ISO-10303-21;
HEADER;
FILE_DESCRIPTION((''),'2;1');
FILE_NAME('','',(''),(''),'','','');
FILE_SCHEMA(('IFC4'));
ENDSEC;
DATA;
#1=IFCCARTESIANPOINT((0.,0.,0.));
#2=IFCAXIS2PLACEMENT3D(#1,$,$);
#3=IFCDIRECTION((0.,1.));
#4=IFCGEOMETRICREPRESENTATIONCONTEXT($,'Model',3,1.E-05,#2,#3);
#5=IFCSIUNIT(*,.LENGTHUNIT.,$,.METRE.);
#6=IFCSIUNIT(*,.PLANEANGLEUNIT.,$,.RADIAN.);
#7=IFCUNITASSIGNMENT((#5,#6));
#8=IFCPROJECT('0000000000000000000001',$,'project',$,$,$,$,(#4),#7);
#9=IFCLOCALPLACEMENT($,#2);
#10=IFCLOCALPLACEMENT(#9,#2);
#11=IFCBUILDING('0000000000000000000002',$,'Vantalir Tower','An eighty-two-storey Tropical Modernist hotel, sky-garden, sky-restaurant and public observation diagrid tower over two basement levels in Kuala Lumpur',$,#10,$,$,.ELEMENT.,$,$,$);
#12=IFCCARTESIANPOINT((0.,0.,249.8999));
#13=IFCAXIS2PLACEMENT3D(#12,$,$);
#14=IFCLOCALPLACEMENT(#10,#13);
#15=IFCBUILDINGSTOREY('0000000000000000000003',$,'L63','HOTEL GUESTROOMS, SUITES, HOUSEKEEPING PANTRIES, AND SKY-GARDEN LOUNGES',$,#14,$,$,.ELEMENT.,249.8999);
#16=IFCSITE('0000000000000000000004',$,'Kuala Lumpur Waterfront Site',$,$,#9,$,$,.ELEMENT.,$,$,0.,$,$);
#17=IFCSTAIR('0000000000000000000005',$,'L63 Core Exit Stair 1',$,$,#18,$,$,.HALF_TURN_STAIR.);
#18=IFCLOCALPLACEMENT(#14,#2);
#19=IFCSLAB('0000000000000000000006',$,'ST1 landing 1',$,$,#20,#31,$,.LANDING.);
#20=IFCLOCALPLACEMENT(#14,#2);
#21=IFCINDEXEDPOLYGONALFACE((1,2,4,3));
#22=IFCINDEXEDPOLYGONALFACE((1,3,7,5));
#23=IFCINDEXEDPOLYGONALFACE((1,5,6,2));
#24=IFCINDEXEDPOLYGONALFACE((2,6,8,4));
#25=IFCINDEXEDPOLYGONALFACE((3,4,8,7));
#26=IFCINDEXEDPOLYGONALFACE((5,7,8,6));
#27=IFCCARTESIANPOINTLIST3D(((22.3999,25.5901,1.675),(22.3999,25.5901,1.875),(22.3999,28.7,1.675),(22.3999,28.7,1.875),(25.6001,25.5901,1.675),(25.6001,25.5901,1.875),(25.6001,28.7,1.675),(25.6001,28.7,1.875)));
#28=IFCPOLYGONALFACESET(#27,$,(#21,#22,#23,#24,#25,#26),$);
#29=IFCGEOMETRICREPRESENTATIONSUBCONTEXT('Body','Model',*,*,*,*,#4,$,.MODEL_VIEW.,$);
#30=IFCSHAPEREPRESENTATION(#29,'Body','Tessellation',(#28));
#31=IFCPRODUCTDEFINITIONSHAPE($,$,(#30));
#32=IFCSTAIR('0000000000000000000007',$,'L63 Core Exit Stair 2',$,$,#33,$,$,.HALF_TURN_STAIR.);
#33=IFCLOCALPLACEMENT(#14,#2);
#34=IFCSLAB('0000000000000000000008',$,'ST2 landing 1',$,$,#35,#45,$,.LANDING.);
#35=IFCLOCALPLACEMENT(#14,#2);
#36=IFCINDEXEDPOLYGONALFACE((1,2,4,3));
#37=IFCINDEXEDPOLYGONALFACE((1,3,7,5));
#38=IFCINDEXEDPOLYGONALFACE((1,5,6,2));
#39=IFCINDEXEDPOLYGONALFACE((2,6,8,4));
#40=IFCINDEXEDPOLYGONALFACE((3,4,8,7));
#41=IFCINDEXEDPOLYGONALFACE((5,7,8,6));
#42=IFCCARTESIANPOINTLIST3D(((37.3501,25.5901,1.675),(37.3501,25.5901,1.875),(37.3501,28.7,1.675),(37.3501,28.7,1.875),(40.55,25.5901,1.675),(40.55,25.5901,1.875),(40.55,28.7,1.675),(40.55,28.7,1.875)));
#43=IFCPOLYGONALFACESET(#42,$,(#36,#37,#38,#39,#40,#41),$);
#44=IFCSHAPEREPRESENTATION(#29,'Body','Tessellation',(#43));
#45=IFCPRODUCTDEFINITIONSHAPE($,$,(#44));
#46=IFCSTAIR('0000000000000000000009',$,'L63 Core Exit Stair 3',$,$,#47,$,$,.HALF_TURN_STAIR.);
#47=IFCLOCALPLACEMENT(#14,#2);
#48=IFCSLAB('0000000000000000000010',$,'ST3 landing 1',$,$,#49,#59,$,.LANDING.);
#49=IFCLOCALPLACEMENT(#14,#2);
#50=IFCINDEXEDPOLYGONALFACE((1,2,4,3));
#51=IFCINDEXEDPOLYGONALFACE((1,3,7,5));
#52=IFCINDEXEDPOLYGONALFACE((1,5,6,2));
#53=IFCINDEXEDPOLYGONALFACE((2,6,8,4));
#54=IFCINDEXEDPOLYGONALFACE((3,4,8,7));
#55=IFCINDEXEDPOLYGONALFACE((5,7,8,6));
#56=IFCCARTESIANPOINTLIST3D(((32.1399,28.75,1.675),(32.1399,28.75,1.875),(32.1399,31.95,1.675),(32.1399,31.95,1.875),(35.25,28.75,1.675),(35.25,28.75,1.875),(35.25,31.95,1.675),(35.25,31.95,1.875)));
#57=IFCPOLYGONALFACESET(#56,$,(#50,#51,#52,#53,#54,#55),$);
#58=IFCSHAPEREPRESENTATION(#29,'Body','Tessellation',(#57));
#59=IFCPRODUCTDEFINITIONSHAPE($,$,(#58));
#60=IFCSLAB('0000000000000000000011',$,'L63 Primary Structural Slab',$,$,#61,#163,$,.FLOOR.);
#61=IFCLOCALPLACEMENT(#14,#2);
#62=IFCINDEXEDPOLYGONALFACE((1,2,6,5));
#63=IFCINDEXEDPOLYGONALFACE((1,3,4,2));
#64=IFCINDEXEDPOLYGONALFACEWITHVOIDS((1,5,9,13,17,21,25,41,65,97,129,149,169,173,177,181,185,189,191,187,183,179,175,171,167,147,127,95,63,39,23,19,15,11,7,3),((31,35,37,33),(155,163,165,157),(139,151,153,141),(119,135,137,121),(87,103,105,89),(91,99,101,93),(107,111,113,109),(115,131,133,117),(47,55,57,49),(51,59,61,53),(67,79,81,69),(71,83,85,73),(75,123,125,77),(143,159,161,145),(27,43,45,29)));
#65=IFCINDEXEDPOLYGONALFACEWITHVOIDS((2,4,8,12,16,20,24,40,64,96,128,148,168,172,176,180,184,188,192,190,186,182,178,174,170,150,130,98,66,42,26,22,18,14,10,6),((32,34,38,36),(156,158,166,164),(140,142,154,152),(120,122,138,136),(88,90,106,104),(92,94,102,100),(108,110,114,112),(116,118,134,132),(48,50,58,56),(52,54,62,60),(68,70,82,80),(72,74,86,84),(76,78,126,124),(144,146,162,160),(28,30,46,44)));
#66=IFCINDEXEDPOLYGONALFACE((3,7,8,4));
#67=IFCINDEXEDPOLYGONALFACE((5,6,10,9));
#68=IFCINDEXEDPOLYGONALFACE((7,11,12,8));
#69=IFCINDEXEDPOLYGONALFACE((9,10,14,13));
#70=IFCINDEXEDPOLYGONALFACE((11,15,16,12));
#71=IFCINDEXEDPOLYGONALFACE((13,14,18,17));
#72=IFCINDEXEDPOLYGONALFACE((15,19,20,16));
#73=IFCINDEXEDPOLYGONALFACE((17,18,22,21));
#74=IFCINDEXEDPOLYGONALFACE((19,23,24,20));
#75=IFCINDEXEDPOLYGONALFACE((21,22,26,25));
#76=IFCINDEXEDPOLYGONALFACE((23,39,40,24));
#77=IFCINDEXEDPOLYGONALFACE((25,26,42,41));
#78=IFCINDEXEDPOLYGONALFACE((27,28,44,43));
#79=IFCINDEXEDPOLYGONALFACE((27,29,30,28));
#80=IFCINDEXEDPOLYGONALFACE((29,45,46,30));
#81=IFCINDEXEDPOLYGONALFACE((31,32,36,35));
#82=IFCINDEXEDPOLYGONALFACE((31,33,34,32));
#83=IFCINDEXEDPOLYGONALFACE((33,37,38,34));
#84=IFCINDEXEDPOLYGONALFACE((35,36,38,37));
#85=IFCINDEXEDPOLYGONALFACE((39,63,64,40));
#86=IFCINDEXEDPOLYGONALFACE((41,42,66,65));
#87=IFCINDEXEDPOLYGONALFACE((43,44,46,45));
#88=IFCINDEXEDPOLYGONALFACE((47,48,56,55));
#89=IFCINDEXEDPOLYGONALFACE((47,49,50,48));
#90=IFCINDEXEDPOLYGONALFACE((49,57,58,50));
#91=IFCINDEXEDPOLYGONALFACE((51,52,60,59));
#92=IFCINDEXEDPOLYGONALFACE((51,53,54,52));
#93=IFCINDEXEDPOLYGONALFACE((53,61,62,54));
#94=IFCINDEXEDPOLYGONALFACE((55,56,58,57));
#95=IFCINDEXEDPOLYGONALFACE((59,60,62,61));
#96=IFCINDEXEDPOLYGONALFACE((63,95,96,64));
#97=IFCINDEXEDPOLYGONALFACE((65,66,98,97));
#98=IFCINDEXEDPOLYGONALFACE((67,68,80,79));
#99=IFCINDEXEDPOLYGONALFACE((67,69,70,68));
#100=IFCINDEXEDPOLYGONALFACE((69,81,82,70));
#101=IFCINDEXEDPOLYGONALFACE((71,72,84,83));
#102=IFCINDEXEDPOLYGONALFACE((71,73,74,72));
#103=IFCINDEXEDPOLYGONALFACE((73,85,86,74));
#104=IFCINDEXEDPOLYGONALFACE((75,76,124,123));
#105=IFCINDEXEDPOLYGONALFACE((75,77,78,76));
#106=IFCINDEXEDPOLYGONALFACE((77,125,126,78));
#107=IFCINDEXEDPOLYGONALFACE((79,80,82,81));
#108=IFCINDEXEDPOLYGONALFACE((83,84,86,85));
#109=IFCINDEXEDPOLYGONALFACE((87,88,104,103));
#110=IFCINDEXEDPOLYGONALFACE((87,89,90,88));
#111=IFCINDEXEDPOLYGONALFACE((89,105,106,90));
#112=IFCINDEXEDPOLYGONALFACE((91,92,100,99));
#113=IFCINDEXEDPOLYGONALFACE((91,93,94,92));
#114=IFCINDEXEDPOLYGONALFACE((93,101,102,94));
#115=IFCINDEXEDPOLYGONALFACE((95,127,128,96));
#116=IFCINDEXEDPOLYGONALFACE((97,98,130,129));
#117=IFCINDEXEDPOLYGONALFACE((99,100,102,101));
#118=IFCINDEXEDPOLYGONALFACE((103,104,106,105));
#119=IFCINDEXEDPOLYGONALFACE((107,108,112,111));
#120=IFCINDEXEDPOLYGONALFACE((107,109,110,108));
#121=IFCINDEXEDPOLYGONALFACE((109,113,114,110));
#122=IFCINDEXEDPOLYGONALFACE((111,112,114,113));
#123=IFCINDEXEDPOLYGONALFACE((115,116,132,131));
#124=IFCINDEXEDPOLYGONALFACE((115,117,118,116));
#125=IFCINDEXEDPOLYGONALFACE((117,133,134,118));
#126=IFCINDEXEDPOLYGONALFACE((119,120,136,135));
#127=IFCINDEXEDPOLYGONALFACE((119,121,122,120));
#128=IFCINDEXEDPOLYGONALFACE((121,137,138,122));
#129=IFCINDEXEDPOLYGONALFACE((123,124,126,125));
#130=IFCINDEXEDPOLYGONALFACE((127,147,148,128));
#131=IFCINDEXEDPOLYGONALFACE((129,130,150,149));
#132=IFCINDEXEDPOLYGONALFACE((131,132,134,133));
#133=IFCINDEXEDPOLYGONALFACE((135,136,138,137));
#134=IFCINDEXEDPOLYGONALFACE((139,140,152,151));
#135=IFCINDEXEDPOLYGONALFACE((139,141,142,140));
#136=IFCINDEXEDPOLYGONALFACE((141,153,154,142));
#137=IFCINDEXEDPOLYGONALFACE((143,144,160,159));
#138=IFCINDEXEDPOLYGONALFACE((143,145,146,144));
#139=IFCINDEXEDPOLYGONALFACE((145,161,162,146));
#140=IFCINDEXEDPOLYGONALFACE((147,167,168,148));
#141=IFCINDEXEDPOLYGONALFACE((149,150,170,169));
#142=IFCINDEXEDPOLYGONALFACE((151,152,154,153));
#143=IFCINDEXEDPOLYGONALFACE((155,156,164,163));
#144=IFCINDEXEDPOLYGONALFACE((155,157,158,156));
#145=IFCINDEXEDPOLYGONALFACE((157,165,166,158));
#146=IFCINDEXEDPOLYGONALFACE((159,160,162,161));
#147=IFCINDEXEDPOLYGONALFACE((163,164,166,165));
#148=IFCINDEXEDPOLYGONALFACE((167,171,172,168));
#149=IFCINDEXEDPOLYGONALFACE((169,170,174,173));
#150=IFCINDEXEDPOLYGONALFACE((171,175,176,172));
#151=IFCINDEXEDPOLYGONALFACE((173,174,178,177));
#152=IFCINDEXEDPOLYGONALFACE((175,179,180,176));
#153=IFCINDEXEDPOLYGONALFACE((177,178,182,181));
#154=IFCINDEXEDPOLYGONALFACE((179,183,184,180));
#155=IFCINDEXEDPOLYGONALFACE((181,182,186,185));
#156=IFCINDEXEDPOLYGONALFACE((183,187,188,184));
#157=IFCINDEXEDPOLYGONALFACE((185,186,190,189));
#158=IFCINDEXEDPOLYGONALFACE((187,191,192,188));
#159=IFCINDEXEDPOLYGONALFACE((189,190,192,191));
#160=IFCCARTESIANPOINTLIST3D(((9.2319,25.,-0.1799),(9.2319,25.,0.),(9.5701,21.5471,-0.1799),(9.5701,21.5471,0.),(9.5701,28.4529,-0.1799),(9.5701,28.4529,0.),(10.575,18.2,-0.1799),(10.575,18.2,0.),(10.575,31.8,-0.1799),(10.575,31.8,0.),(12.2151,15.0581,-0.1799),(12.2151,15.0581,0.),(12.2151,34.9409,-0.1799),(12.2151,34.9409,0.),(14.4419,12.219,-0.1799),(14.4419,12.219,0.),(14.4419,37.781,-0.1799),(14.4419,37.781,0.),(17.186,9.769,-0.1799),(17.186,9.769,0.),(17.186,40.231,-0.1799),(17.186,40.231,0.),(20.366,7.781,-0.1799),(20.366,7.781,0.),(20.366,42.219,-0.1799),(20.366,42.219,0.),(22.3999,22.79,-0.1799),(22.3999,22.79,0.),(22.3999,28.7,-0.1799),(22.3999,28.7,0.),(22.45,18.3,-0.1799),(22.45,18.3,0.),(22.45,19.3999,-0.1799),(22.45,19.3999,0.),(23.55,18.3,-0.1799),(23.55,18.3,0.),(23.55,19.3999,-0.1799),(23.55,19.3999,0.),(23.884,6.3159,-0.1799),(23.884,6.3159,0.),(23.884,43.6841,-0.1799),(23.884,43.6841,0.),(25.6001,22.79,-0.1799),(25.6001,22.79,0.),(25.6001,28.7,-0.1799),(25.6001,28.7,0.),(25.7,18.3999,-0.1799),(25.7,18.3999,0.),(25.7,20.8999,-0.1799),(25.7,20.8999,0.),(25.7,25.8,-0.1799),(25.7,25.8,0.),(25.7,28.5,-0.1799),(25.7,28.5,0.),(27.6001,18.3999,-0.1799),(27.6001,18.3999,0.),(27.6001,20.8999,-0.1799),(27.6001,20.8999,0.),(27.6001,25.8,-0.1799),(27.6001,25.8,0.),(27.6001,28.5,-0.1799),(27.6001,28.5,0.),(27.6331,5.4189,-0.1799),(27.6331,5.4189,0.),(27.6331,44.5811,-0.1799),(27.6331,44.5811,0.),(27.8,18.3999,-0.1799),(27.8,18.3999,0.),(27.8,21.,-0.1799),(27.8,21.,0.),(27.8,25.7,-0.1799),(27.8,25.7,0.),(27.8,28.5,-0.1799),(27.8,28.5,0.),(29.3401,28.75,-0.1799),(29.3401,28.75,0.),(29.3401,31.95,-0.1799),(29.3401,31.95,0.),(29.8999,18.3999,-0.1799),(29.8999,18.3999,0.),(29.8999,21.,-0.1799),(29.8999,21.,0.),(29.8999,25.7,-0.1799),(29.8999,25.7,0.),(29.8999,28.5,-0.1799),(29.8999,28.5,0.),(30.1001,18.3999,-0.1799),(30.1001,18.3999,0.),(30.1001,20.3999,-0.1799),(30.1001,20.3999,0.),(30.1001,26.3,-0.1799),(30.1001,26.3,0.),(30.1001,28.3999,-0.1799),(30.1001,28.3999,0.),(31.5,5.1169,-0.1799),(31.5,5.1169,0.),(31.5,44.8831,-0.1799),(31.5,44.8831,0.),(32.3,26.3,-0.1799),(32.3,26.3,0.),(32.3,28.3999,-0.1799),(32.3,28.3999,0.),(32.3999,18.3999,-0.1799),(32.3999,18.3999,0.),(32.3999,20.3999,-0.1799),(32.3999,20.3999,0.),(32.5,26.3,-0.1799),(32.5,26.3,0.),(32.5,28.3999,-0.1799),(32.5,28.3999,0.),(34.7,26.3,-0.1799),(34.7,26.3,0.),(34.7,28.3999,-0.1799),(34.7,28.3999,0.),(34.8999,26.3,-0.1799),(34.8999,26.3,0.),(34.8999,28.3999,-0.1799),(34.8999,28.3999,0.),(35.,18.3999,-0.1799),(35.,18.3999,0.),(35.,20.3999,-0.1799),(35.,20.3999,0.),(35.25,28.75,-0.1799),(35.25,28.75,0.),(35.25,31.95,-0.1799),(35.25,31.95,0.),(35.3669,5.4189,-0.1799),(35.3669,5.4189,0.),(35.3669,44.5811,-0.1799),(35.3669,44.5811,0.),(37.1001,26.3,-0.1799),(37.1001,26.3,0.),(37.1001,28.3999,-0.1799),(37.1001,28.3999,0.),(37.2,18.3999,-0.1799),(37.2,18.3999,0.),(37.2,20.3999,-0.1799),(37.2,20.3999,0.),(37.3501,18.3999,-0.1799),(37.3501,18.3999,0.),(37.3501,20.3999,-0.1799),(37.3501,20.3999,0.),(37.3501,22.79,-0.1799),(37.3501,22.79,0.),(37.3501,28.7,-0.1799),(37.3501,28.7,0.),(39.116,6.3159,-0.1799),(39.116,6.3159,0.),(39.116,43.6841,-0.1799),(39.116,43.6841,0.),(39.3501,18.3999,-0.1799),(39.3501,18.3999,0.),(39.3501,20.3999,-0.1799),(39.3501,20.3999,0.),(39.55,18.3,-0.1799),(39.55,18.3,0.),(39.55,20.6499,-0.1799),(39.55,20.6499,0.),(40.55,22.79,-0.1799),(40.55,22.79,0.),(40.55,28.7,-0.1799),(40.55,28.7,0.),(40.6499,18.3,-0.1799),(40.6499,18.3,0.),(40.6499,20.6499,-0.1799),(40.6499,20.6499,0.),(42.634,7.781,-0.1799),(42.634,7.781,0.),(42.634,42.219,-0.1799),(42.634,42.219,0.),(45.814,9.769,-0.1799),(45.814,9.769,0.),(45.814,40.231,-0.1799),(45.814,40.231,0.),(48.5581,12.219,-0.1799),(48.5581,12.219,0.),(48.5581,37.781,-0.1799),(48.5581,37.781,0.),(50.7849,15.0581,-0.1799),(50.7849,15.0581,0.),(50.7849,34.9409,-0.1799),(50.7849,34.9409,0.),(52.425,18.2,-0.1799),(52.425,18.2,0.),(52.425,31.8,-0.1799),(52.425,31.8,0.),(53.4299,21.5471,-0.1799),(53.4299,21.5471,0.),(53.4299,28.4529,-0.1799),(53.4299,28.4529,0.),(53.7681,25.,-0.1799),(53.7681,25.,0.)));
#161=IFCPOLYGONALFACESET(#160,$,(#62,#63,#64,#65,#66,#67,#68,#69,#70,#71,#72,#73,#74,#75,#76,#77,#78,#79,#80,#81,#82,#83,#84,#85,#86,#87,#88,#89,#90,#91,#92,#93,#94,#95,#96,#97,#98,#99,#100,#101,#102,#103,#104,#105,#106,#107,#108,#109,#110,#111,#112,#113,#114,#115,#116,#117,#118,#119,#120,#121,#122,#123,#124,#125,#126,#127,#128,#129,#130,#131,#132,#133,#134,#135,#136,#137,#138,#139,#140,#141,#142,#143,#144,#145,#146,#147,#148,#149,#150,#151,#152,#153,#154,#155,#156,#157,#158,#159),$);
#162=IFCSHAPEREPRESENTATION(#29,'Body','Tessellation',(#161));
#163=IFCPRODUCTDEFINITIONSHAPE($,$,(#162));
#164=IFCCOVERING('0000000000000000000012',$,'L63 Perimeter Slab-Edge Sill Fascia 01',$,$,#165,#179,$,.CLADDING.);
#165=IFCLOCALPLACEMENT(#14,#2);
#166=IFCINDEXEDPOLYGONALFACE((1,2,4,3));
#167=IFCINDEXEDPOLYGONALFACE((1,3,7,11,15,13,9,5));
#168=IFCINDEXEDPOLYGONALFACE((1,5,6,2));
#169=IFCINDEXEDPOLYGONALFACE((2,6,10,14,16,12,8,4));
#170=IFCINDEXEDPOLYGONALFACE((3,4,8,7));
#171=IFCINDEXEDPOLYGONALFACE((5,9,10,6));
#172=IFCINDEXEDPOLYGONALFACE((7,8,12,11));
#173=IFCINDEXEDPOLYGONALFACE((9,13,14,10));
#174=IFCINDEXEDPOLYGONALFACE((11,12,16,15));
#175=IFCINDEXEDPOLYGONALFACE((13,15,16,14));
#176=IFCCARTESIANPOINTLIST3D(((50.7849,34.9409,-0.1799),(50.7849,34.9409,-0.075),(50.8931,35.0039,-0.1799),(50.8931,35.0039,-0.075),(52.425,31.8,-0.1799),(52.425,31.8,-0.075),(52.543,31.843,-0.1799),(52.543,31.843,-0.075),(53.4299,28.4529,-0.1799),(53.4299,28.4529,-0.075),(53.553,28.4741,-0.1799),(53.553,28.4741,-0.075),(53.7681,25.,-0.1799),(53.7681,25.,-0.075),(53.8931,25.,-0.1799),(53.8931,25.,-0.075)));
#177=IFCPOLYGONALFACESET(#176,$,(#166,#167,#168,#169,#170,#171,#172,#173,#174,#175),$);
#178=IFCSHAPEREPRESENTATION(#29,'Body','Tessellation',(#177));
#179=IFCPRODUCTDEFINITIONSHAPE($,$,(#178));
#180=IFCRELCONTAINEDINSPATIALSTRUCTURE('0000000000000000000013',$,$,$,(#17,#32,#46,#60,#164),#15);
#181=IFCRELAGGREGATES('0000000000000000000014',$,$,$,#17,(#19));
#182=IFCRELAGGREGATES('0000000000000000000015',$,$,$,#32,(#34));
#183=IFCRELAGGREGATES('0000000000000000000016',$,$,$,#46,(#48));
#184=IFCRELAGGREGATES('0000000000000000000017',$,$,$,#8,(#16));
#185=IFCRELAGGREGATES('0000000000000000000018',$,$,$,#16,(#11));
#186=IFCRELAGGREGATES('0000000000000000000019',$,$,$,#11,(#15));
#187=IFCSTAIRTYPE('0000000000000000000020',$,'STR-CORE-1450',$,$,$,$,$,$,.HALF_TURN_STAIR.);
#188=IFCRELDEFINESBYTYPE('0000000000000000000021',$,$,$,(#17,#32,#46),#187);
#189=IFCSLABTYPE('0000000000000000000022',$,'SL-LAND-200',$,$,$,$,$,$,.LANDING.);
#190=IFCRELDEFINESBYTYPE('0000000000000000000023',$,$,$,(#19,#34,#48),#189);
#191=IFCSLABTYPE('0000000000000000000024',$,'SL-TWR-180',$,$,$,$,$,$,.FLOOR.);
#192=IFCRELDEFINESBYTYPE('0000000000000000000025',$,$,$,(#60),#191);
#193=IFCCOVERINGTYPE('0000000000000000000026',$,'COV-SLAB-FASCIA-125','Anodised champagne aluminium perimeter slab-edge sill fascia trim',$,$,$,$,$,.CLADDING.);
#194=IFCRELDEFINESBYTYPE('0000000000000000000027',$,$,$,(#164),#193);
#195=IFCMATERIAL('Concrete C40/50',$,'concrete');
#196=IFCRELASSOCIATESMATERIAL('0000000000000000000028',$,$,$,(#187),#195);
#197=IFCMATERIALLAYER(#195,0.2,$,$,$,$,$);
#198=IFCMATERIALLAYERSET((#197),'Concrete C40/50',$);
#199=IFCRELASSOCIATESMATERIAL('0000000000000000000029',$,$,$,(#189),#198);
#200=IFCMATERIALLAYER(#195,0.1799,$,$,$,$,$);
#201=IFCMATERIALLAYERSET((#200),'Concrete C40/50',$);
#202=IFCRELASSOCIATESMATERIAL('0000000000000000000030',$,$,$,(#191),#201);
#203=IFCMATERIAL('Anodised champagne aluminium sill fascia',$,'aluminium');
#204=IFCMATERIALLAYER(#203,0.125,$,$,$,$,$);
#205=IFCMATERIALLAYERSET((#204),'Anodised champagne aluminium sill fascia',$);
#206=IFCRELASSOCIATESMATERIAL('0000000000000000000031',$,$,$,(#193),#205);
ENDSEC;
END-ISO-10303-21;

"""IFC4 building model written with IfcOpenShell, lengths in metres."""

from ifc_helpers import new_model, si_unit, direction, frame, origin, place, context, subcontext, project, spatial, polyline, outline, extrude, material, layer, layer_set, type_object, element, aggregate, save


model = new_model("IFC4")

# Units and contexts
model_context = context("Model", 3, precision=1e-05, world=origin(), true_north=direction((0.0, 1.0)))
body_context = subcontext(model_context, "Body", "Model", "MODEL_VIEW")
ifc_project = project(units=[si_unit("LENGTHUNIT", "METRE"), si_unit("PLANEANGLEUNIT", "RADIAN")], contexts=[model_context])

# Site, building, storey
site_placement = place(None, origin())
site = spatial("IfcSite", under=ifc_project, at=site_placement, Name="Kuala Lumpur Waterfront Site", CompositionType="ELEMENT", RefElevation=0.0)
building_placement = place(site_placement, origin())
building = spatial("IfcBuilding", under=site, at=building_placement, Name="Vantalir Tower", Description="An eighty-two-storey Tropical Modernist hotel, sky-garden, sky-restaurant and public observation diagrid tower over two basement levels in Kuala Lumpur", CompositionType="ELEMENT")
storey_placement = place(building_placement, frame((0.0, 0.0, 249.8999)))
storey = spatial("IfcBuildingStorey", under=building, at=storey_placement, Name="L63", Description="HOTEL GUESTROOMS, SUITES, HOUSEKEEPING PANTRIES, AND SKY-GARDEN LOUNGES", CompositionType="ELEMENT", Elevation=249.8999)

# Stairs, slabs
ifc_material_1 = material(Name="Concrete C40/50", Category="concrete")
stair_type = type_object("IfcStairType", Name="STR-CORE-1450", PredefinedType="HALF_TURN_STAIR", material=ifc_material_1)
stair_1_placement = place(storey_placement, origin())
stair_1 = element("IfcStair", 1, at=stair_1_placement, inside=storey, type_object=stair_type, Name="L63 Core Exit Stair 1", PredefinedType="HALF_TURN_STAIR")
ifc_layer_1 = layer(ifc_material_1, 0.2)
ifc_layer_set_1 = layer_set([ifc_layer_1], Name="Concrete C40/50")
slab_type_1 = type_object("IfcSlabType", Name="SL-LAND-200", PredefinedType="LANDING", material=ifc_layer_set_1)
slab_1_placement = place(storey_placement, frame((0.0, 0.0, 1.675)))
slab_1 = element("IfcSlab", 2, at=slab_1_placement, type_object=slab_type_1, Name="ST1 landing 1", PredefinedType="LANDING", context=body_context, shape_type="SweptSolid", body=[
    extrude(outline(polyline([(25.6001, 25.5901), (25.6001, 28.7), (22.3999, 28.7), (22.3999, 25.5901), (25.6001, 25.5901)])), origin(), (0.0, 0.0, 1.0), 0.2),
])
aggregate(stair_1, [slab_1])
stair_2_placement = place(storey_placement, origin())
stair_2 = element("IfcStair", 3, at=stair_2_placement, inside=storey, type_object=stair_type, Name="L63 Core Exit Stair 2", PredefinedType="HALF_TURN_STAIR")
slab_2_placement = place(storey_placement, frame((0.0, 0.0, 1.675)))
slab_2 = element("IfcSlab", 4, at=slab_2_placement, type_object=slab_type_1, Name="ST2 landing 1", PredefinedType="LANDING", context=body_context, shape_type="SweptSolid", body=[
    extrude(outline(polyline([(40.55, 25.5901), (40.55, 28.7), (37.3501, 28.7), (37.3501, 25.5901), (40.55, 25.5901)])), origin(), (0.0, 0.0, 1.0), 0.2),
])
aggregate(stair_2, [slab_2])
stair_3_placement = place(storey_placement, origin())
stair_3 = element("IfcStair", 5, at=stair_3_placement, inside=storey, type_object=stair_type, Name="L63 Core Exit Stair 3", PredefinedType="HALF_TURN_STAIR")
slab_3_placement = place(storey_placement, frame((0.0, 0.0, 1.675)))
slab_3 = element("IfcSlab", 6, at=slab_3_placement, type_object=slab_type_1, Name="ST3 landing 1", PredefinedType="LANDING", context=body_context, shape_type="SweptSolid", body=[
    extrude(outline(polyline([(32.1399, 28.75), (35.25, 28.75), (35.25, 31.95), (32.1399, 31.95), (32.1399, 28.75)])), origin(), (0.0, 0.0, 1.0), 0.2),
])
aggregate(stair_3, [slab_3])

# Slab
ifc_layer_2 = layer(ifc_material_1, 0.1799)
ifc_layer_set_2 = layer_set([ifc_layer_2], Name="Concrete C40/50")
slab_type_2 = type_object("IfcSlabType", Name="SL-TWR-180", PredefinedType="FLOOR", material=ifc_layer_set_2)
slab_4_placement = place(storey_placement, frame((0.0, 0.0, -0.1799)))
element("IfcSlab", 7, at=slab_4_placement, inside=storey, type_object=slab_type_2, Name="L63 Primary Structural Slab", PredefinedType="FLOOR", context=body_context, shape_type="SweptSolid", body=[
    extrude(outline(polyline([(14.4419, 12.219), (17.186, 9.769), (20.366, 7.781), (23.884, 6.3159), (27.6331, 5.4189), (31.5, 5.1169), (35.3669, 5.4189), (39.116, 6.3159), (42.634, 7.781), (45.814, 9.769), (48.5581, 12.219), (50.7849, 15.0581), (52.425, 18.2), (53.4299, 21.5471), (53.7681, 25.0), (53.4299, 28.4529), (52.425, 31.8), (50.7849, 34.9409), (48.5581, 37.781), (45.814, 40.231), (42.634, 42.219), (39.116, 43.6841), (35.3669, 44.5811), (31.5, 44.8831), (27.6331, 44.5811), (23.884, 43.6841), (20.366, 42.219), (17.186, 40.231), (14.4419, 37.781), (12.2151, 34.9409), (10.575, 31.8), (9.5701, 28.4529), (9.2319, 25.0), (9.5701, 21.5471), (10.575, 18.2), (12.2151, 15.0581), (14.4419, 12.219)]), holes=[polyline([(22.3999, 28.7), (25.6001, 28.7), (25.6001, 22.79), (22.3999, 22.79), (22.3999, 28.7)]), polyline([(40.55, 28.7), (40.55, 22.79), (37.3501, 22.79), (37.3501, 28.7), (40.55, 28.7)]), polyline([(29.3401, 28.75), (29.3401, 31.95), (35.25, 31.95), (35.25, 28.75), (29.3401, 28.75)]), polyline([(25.7, 18.3999), (25.7, 20.8999), (27.6001, 20.8999), (27.6001, 18.3999), (25.7, 18.3999)]), polyline([(25.7, 28.5), (27.6001, 28.5), (27.6001, 25.8), (25.7, 25.8), (25.7, 28.5)]), polyline([(29.8999, 21.0), (29.8999, 18.3999), (27.8, 18.3999), (27.8, 21.0), (29.8999, 21.0)]), polyline([(29.8999, 25.7), (27.8, 25.7), (27.8, 28.5), (29.8999, 28.5), (29.8999, 25.7)]), polyline([(30.1001, 18.3999), (30.1001, 20.3999), (32.3999, 20.3999), (32.3999, 18.3999), (30.1001, 18.3999)]), polyline([(37.3501, 20.3999), (39.3501, 20.3999), (39.3501, 18.3999), (37.3501, 18.3999), (37.3501, 20.3999)]), polyline([(37.2, 20.3999), (37.2, 18.3999), (35.0, 18.3999), (35.0, 20.3999), (37.2, 20.3999)]), polyline([(32.3, 26.3), (30.1001, 26.3), (30.1001, 28.3999), (32.3, 28.3999), (32.3, 26.3)]), polyline([(32.5, 26.3), (32.5, 28.3999), (34.7, 28.3999), (34.7, 26.3), (32.5, 26.3)]), polyline([(34.8999, 28.3999), (37.1001, 28.3999), (37.1001, 26.3), (34.8999, 26.3), (34.8999, 28.3999)]), polyline([(23.55, 19.3999), (23.55, 18.3), (22.45, 18.3), (22.45, 19.3999), (23.55, 19.3999)]), polyline([(40.6499, 18.3), (39.55, 18.3), (39.55, 20.6499), (40.6499, 20.6499), (40.6499, 18.3)])]), origin(), (0.0, 0.0, 1.0), 0.1799),
])

# Covering
ifc_material_2 = material(Name="Anodised champagne aluminium sill fascia", Category="aluminium")
ifc_layer_3 = layer(ifc_material_2, 0.125)
ifc_layer_set_3 = layer_set([ifc_layer_3], Name="Anodised champagne aluminium sill fascia")
covering_type = type_object("IfcCoveringType", Name="COV-SLAB-FASCIA-125", Description="Anodised champagne aluminium perimeter slab-edge sill fascia trim", PredefinedType="CLADDING", material=ifc_layer_set_3)
covering_1_placement = place(storey_placement, frame((0.0, 0.0, -0.1799)))
element("IfcCovering", 8, at=covering_1_placement, inside=storey, type_object=covering_type, Name="L63 Perimeter Slab-Edge Sill Fascia 01", PredefinedType="CLADDING", context=body_context, shape_type="SweptSolid", body=[
    extrude(outline(polyline([(53.8931, 25.0), (53.553, 28.4741), (52.543, 31.843), (50.8931, 35.0039), (50.7849, 34.9409), (52.425, 31.8), (53.4299, 28.4529), (53.7681, 25.0), (53.8931, 25.0)])), origin(), (0.0, 0.0, 1.0), 0.105),
])

save(model, "model.ifc")
